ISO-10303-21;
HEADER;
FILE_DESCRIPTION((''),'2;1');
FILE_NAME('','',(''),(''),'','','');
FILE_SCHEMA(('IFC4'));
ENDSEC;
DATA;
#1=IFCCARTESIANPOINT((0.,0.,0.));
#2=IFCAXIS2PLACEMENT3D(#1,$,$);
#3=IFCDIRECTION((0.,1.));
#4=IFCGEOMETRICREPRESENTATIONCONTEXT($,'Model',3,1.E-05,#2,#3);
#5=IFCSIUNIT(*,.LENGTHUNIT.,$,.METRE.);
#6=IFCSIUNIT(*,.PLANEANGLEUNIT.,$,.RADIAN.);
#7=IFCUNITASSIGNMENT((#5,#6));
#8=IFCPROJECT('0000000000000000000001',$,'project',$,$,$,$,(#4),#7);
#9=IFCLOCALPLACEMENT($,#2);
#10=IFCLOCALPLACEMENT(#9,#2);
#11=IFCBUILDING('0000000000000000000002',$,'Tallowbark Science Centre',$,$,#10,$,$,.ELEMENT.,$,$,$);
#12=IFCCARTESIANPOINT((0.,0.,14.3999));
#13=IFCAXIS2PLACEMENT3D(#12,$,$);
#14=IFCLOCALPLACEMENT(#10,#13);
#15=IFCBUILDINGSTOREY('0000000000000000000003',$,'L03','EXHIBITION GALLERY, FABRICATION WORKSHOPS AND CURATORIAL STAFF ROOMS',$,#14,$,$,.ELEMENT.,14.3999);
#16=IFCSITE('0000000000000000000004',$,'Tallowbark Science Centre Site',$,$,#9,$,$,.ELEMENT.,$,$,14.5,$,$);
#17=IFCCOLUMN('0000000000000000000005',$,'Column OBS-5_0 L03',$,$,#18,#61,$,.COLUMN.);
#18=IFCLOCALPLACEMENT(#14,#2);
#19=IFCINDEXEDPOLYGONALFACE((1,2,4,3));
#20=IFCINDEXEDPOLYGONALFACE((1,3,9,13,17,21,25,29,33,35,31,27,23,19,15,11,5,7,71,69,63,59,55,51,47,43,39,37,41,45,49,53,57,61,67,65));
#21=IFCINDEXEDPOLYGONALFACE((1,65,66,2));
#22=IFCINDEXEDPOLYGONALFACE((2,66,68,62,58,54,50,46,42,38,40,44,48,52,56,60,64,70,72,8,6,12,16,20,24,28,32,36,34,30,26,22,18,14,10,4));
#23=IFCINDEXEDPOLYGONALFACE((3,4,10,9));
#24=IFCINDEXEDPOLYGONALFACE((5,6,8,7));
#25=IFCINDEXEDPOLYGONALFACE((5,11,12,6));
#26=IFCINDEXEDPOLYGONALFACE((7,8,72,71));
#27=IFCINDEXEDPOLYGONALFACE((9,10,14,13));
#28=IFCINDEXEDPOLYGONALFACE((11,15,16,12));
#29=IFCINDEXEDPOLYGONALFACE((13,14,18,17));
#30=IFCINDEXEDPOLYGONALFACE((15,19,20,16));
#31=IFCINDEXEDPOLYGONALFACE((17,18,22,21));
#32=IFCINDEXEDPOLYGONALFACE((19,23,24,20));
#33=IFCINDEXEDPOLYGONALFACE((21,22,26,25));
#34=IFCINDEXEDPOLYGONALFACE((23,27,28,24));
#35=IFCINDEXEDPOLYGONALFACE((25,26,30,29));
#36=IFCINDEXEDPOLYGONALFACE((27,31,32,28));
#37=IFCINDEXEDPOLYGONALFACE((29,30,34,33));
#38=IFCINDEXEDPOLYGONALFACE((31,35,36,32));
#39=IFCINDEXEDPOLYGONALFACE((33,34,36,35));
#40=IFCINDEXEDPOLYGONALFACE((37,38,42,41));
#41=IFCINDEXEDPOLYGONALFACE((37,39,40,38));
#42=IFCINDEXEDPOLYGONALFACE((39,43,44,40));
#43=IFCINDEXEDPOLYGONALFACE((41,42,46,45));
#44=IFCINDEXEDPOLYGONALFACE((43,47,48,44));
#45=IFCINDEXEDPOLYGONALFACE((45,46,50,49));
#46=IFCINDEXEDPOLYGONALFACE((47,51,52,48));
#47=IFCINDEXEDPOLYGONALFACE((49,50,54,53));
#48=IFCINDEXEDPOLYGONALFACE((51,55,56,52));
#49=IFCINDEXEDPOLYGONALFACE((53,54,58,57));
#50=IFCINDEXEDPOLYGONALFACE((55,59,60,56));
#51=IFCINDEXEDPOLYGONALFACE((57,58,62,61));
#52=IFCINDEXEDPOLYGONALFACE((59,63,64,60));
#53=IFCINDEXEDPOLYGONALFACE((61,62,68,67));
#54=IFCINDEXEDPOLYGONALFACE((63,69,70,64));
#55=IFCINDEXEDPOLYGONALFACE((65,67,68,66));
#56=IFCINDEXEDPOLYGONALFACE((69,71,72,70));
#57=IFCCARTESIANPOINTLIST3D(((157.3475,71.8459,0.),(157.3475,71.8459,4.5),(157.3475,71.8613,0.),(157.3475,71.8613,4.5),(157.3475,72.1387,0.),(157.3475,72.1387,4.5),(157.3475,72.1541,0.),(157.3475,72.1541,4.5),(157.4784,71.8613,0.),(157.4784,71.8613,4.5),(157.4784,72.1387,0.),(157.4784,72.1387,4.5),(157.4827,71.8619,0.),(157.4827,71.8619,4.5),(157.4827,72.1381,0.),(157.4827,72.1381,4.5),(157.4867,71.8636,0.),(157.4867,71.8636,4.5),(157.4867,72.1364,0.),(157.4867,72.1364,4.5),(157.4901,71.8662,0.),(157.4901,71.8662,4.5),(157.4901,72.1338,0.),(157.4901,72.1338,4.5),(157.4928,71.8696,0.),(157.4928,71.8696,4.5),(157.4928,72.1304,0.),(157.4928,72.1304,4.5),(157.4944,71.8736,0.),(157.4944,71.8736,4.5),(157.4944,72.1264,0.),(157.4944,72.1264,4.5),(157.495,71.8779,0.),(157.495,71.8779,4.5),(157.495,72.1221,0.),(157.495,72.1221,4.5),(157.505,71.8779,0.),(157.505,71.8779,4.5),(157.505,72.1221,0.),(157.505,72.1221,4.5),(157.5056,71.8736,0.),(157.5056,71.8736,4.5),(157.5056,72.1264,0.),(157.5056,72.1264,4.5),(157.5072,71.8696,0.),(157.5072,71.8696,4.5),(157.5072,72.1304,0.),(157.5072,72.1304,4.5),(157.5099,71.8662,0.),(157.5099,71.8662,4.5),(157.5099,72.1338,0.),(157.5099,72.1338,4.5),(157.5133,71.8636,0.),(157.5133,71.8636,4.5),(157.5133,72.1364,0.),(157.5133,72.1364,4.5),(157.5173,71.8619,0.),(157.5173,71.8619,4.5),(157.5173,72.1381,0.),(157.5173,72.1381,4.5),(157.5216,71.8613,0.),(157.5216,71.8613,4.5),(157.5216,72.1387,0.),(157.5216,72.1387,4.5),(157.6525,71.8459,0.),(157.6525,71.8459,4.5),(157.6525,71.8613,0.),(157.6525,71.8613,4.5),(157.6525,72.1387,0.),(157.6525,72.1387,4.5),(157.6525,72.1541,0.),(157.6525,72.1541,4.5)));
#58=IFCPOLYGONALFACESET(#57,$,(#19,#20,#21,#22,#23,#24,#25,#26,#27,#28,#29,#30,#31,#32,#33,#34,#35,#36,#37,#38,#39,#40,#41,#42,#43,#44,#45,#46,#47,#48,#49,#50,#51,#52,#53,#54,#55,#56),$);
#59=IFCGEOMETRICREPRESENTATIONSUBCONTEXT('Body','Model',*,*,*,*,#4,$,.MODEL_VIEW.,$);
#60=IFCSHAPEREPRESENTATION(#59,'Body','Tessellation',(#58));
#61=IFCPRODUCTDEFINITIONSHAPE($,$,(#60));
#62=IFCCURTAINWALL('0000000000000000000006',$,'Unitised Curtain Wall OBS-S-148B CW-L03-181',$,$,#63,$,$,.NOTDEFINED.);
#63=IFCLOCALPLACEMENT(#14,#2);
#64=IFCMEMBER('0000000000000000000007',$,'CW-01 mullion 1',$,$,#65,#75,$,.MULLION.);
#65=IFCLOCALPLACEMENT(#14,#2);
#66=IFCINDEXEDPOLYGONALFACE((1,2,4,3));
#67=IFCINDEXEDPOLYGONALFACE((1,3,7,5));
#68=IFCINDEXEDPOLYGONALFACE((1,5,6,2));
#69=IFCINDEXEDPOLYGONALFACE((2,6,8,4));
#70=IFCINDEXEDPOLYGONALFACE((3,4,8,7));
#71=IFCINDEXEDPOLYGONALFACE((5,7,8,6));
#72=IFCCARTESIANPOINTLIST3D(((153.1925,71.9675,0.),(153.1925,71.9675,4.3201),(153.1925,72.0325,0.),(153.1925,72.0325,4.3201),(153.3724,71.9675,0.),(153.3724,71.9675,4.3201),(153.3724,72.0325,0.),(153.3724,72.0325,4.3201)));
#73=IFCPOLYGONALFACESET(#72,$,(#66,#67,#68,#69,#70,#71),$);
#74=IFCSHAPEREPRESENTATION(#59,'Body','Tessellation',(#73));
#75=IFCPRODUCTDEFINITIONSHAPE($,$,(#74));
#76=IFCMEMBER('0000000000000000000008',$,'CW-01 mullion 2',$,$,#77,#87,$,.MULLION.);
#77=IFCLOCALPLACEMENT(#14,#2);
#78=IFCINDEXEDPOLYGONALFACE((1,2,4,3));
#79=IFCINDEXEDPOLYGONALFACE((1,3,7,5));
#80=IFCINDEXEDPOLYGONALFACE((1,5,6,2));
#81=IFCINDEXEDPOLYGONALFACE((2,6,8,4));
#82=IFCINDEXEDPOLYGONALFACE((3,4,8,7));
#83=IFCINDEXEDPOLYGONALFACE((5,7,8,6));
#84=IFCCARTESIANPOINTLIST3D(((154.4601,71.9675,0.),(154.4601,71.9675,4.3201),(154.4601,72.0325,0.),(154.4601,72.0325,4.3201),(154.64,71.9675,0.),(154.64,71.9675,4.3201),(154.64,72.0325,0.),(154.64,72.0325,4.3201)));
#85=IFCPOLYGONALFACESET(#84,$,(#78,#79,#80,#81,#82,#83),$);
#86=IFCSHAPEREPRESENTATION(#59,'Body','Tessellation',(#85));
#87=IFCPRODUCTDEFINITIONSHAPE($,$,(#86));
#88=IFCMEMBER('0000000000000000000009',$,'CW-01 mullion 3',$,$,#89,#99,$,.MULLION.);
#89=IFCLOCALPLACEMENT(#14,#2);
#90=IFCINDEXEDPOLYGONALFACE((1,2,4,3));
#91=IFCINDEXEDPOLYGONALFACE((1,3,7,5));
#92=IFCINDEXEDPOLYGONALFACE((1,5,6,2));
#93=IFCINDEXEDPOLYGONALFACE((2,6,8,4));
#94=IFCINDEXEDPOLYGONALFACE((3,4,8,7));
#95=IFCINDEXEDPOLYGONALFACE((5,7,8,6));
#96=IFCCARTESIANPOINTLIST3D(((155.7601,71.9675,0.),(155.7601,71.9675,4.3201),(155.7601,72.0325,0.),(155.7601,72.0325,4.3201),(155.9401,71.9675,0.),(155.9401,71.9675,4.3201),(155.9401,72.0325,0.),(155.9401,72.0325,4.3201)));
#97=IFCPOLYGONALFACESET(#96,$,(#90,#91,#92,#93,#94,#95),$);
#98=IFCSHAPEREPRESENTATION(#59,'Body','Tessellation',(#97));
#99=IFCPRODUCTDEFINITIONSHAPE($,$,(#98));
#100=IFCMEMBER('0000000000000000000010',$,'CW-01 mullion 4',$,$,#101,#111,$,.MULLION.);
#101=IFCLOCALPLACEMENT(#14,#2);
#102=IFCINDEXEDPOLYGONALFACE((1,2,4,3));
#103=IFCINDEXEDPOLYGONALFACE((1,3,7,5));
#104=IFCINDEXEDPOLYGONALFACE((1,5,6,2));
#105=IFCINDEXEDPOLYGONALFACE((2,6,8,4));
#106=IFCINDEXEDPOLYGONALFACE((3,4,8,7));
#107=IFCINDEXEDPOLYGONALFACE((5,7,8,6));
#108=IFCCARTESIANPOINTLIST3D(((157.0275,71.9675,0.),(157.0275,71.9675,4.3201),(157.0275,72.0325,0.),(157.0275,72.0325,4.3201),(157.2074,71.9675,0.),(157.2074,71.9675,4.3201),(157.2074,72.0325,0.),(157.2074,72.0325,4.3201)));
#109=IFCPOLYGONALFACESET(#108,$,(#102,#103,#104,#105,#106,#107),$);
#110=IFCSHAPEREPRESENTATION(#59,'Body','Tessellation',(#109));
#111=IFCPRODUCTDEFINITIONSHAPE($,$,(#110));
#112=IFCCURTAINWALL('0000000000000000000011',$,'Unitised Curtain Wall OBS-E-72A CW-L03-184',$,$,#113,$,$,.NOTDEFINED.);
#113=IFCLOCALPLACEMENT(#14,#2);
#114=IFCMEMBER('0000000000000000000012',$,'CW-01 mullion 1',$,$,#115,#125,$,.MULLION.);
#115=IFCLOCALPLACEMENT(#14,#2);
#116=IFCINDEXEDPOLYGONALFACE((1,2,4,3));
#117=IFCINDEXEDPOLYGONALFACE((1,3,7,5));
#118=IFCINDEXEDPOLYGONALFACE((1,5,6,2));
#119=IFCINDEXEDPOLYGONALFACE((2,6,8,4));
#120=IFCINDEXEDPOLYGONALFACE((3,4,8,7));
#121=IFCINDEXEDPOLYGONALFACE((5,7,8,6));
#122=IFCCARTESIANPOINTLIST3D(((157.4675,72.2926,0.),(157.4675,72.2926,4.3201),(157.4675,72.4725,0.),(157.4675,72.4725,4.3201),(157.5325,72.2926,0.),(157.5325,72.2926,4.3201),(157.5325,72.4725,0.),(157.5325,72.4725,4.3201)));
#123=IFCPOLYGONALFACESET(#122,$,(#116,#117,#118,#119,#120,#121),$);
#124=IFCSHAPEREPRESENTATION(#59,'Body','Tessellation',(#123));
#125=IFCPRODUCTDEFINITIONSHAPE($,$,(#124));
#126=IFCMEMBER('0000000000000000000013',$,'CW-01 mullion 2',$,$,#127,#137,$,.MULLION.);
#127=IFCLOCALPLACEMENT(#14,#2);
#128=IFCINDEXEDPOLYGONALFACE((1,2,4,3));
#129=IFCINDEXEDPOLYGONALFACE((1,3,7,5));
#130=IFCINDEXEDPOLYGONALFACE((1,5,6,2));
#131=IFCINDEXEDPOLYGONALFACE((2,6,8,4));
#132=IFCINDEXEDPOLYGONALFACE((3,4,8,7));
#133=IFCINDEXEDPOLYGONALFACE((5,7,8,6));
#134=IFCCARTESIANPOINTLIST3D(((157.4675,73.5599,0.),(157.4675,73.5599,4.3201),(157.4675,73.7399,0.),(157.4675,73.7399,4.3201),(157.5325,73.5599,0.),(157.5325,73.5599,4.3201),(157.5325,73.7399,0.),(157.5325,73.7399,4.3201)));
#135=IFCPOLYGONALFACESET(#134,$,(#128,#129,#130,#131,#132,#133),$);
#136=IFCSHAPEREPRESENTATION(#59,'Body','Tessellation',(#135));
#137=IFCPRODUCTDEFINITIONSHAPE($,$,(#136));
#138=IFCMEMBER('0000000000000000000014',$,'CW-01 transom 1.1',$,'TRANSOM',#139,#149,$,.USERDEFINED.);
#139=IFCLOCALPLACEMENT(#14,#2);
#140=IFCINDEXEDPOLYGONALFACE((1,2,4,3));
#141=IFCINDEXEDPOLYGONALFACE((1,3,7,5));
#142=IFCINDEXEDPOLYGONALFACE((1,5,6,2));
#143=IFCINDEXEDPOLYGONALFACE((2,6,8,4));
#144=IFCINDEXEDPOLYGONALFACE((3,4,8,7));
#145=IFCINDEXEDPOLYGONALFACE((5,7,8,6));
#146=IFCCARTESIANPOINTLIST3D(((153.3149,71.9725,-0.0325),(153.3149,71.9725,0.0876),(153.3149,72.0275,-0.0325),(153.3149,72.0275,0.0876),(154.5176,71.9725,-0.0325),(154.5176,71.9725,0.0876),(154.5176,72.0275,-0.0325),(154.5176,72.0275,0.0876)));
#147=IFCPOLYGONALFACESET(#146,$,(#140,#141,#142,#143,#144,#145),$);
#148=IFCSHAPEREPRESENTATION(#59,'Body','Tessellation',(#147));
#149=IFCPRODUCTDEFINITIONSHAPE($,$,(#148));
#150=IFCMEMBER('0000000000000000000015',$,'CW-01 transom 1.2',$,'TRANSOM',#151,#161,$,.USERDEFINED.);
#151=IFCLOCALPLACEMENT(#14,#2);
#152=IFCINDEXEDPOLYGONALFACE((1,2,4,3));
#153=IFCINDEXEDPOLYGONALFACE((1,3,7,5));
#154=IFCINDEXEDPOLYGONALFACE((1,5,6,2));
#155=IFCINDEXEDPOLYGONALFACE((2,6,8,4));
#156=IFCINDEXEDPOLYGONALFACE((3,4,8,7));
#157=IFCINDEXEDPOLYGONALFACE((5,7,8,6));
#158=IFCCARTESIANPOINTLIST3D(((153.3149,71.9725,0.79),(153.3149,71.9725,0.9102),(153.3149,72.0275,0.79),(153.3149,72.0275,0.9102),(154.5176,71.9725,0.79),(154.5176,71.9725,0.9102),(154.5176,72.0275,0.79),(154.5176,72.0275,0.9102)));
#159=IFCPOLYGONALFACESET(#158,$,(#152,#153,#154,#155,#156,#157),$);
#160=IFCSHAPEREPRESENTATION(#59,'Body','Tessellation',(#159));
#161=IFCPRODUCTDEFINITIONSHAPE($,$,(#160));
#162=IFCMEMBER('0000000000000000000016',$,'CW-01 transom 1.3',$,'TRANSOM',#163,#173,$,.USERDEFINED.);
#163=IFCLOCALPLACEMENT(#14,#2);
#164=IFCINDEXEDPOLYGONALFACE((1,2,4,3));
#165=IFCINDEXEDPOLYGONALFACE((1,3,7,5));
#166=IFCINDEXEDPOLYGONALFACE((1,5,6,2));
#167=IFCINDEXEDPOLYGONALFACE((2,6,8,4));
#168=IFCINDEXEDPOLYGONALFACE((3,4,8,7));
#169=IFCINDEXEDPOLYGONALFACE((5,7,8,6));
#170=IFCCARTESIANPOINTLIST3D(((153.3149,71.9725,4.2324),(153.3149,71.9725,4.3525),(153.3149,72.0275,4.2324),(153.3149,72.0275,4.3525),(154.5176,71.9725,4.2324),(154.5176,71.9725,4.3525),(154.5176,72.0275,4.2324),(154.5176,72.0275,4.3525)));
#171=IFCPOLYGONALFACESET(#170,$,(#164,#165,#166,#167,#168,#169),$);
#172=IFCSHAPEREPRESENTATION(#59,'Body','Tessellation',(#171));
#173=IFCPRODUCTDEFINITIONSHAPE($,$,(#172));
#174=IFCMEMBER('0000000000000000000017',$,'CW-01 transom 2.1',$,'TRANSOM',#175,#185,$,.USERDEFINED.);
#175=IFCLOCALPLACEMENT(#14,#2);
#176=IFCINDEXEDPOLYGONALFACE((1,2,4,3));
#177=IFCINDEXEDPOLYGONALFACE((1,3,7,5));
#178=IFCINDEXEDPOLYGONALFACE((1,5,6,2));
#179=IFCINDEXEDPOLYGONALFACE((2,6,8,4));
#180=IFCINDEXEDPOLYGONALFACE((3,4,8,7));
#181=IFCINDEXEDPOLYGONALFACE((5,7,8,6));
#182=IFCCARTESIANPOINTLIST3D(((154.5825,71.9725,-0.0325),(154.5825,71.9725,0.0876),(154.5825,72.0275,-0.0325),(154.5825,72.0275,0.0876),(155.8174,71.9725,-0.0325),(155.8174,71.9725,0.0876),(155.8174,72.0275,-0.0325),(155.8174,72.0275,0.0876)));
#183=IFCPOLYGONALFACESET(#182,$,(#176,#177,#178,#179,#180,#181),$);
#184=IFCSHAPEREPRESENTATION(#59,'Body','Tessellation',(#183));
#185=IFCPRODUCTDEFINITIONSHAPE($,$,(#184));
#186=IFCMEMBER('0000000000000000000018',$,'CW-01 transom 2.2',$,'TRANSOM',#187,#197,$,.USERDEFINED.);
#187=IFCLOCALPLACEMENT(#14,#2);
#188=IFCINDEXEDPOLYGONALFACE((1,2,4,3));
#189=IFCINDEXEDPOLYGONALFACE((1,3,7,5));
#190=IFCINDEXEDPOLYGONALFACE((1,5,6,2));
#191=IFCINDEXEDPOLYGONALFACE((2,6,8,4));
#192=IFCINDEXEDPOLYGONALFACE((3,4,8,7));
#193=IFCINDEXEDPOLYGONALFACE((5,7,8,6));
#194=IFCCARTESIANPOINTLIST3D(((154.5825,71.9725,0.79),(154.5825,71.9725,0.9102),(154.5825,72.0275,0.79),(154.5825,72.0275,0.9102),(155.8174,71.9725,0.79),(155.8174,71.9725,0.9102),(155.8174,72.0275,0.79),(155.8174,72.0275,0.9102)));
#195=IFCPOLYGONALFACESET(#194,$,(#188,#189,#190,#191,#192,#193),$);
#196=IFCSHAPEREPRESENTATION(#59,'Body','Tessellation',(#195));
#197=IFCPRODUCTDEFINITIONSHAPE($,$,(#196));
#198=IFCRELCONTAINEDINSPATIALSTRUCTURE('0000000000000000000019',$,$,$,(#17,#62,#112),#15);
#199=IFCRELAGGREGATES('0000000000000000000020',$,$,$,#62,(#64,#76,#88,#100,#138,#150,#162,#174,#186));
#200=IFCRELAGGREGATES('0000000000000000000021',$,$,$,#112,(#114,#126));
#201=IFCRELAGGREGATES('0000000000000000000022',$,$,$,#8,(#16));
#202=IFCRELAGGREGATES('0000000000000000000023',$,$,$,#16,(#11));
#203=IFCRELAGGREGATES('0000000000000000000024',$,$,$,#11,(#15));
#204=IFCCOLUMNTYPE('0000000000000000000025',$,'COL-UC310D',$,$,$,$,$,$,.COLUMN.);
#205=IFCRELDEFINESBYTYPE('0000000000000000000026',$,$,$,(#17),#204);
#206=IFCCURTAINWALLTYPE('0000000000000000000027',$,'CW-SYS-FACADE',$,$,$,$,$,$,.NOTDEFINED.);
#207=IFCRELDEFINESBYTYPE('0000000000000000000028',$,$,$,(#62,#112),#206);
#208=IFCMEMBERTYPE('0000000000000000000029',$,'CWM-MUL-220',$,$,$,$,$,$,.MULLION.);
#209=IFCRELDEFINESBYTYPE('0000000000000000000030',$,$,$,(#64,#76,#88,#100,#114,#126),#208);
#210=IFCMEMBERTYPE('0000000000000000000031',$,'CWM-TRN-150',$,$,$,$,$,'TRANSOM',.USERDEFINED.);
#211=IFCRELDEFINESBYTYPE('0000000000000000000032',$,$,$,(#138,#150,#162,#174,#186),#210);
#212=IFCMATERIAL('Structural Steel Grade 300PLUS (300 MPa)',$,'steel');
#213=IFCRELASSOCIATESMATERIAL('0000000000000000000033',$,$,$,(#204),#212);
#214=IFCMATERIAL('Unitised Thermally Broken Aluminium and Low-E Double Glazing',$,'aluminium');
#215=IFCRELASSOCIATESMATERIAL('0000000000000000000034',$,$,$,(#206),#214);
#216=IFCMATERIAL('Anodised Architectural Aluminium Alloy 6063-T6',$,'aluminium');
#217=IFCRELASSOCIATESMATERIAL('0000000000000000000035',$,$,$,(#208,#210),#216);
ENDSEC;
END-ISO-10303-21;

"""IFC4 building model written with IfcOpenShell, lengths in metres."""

from ifc_helpers import new_model, si_unit, direction, frame, origin, origin_2d, place, context, subcontext, project, spatial, rectangle, i_section, extrude, material, material_profile, profile_set, type_object, element, aggregate, save


model = new_model("IFC4")

# Units and contexts
model_context = context("Model", 3, precision=1e-05, world=origin(), true_north=direction((0.0, 1.0)))
body_context = subcontext(model_context, "Body", "Model", "MODEL_VIEW")
ifc_project = project(units=[si_unit("LENGTHUNIT", "METRE"), si_unit("PLANEANGLEUNIT", "RADIAN")], contexts=[model_context])

# Site, building, storey
site_placement = place(None, origin())
site = spatial("IfcSite", under=ifc_project, at=site_placement, Name="Tallowbark Science Centre Site", CompositionType="ELEMENT", RefElevation=14.5)
building_placement = place(site_placement, origin())
building = spatial("IfcBuilding", under=site, at=building_placement, Name="Tallowbark Science Centre", CompositionType="ELEMENT")
storey_placement = place(building_placement, frame((0.0, 0.0, 14.3999)))
storey = spatial("IfcBuildingStorey", under=building, at=storey_placement, Name="L03", Description="EXHIBITION GALLERY, FABRICATION WORKSHOPS AND CURATORIAL STAFF ROOMS", CompositionType="ELEMENT", Elevation=14.3999)

# Column
ifc_material_1 = material(Name="Structural Steel Grade 300PLUS (300 MPa)", Category="steel")
ifc_material_profile_1 = material_profile(ifc_material_1, i_section(OverallWidth=0.3049, OverallDepth=0.3081, WebThickness=0.01, FlangeThickness=0.0154, FilletRadius=0.0166, at=origin_2d()), Name="310UC96.8")
ifc_profile_set_1 = profile_set([ifc_material_profile_1], Name="Structural Steel Grade 300PLUS (300 MPa)")
column_type = type_object("IfcColumnType", Name="COL-UC310D", PredefinedType="COLUMN", material=ifc_profile_set_1)
column_placement = place(storey_placement, frame((157.5, 72.0, 0.0), z_axis=(0.0, 0.0, 1.0), x_axis=(1.0, 0.0, 0.0)))
element("IfcColumn", 1, at=column_placement, inside=storey, type_object=column_type, Name="Column OBS-5_0 L03", PredefinedType="COLUMN", context=body_context, shape_type="SweptSolid", body=[
    extrude(i_section(OverallWidth=0.3049, OverallDepth=0.3081, WebThickness=0.01, FlangeThickness=0.0154, FilletRadius=0.0166, at=origin_2d()), origin(), (0.0, 0.0, 1.0), 4.5),
])

# Curtain walls, members
ifc_material_2 = material(Name="Unitised Thermally Broken Aluminium and Low-E Double Glazing", Category="aluminium")
curtain_wall_type = type_object("IfcCurtainWallType", Name="CW-SYS-FACADE", PredefinedType="NOTDEFINED", material=ifc_material_2)
curtain_wall_1_placement = place(storey_placement, origin())
curtain_wall_1 = element("IfcCurtainWall", 2, at=curtain_wall_1_placement, inside=storey, type_object=curtain_wall_type, Name="Unitised Curtain Wall OBS-S-148B CW-L03-181", PredefinedType="NOTDEFINED")
ifc_material_3 = material(Name="Anodised Architectural Aluminium Alloy 6063-T6", Category="aluminium")
ifc_material_profile_2 = material_profile(ifc_material_3, rectangle(XDim=0.0649, YDim=0.1799, at=origin_2d()), Name="ALU65x180")
ifc_profile_set_2 = profile_set([ifc_material_profile_2], Name="Anodised Architectural Aluminium Alloy 6063-T6")
member_type_1 = type_object("IfcMemberType", Name="CWM-MUL-220", PredefinedType="MULLION", material=ifc_profile_set_2)
member_1_placement = place(storey_placement, frame((153.2825, 72.0, 0.0), z_axis=(0.0, 0.0, 1.0), x_axis=(0.0, 1.0, 0.0)))
member_1 = element("IfcMember", 3, at=member_1_placement, type_object=member_type_1, Name="CW-01 mullion 1", PredefinedType="MULLION", context=body_context, shape_type="SweptSolid", body=[
    extrude(rectangle(XDim=0.0649, YDim=0.1799, at=origin_2d()), origin(), (0.0, 0.0, 1.0), 4.3201),
])
member_2_placement = place(storey_placement, frame((154.55, 72.0, 0.0), z_axis=(0.0, 0.0, 1.0), x_axis=(0.0, 1.0, 0.0)))
member_2 = element("IfcMember", 4, at=member_2_placement, type_object=member_type_1, Name="CW-01 mullion 2", PredefinedType="MULLION", context=body_context, shape_type="SweptSolid", body=[
    extrude(rectangle(XDim=0.0649, YDim=0.1799, at=origin_2d()), origin(), (0.0, 0.0, 1.0), 4.3201),
])
member_3_placement = place(storey_placement, frame((155.8501, 72.0, 0.0), z_axis=(0.0, 0.0, 1.0), x_axis=(0.0, 1.0, 0.0)))
member_3 = element("IfcMember", 5, at=member_3_placement, type_object=member_type_1, Name="CW-01 mullion 3", PredefinedType="MULLION", context=body_context, shape_type="SweptSolid", body=[
    extrude(rectangle(XDim=0.0649, YDim=0.1799, at=origin_2d()), origin(), (0.0, 0.0, 1.0), 4.3201),
])
member_4_placement = place(storey_placement, frame((157.1174, 72.0, 0.0), z_axis=(0.0, 0.0, 1.0), x_axis=(0.0, 1.0, 0.0)))
member_4 = element("IfcMember", 6, at=member_4_placement, type_object=member_type_1, Name="CW-01 mullion 4", PredefinedType="MULLION", context=body_context, shape_type="SweptSolid", body=[
    extrude(rectangle(XDim=0.0649, YDim=0.1799, at=origin_2d()), origin(), (0.0, 0.0, 1.0), 4.3201),
])
curtain_wall_2_placement = place(storey_placement, origin())
curtain_wall_2 = element("IfcCurtainWall", 7, at=curtain_wall_2_placement, inside=storey, type_object=curtain_wall_type, Name="Unitised Curtain Wall OBS-E-72A CW-L03-184", PredefinedType="NOTDEFINED")
member_5_placement = place(storey_placement, frame((157.5, 72.3826, 0.0), z_axis=(0.0, 0.0, 1.0), x_axis=(-1.0, 0.0, 0.0)))
member_5 = element("IfcMember", 8, at=member_5_placement, type_object=member_type_1, Name="CW-01 mullion 1", PredefinedType="MULLION", context=body_context, shape_type="SweptSolid", body=[
    extrude(rectangle(XDim=0.0649, YDim=0.1799, at=origin_2d()), origin(), (0.0, 0.0, 1.0), 4.3201),
])
member_6_placement = place(storey_placement, frame((157.5, 73.6499, 0.0), z_axis=(0.0, 0.0, 1.0), x_axis=(-1.0, 0.0, 0.0)))
member_6 = element("IfcMember", 9, at=member_6_placement, type_object=member_type_1, Name="CW-01 mullion 2", PredefinedType="MULLION", context=body_context, shape_type="SweptSolid", body=[
    extrude(rectangle(XDim=0.0649, YDim=0.1799, at=origin_2d()), origin(), (0.0, 0.0, 1.0), 4.3201),
])

# Members
ifc_material_profile_3 = material_profile(ifc_material_3, rectangle(XDim=0.0549, YDim=0.1201, at=origin_2d()), Name="ALU55x120")
ifc_profile_set_3 = profile_set([ifc_material_profile_3], Name="Anodised Architectural Aluminium Alloy 6063-T6")
member_type_2 = type_object("IfcMemberType", Name="CWM-TRN-150", ElementType="TRANSOM", PredefinedType="USERDEFINED", material=ifc_profile_set_3)
member_7_placement = place(storey_placement, frame((153.3149, 72.0, 0.0276), z_axis=(1.0, 0.0, 0.0), x_axis=(0.0, 1.0, 0.0)))
member_7 = element("IfcMember", 10, at=member_7_placement, type_object=member_type_2, Name="CW-01 transom 1.1", ObjectType="TRANSOM", PredefinedType="USERDEFINED", context=body_context, shape_type="SweptSolid", body=[
    extrude(rectangle(XDim=0.0549, YDim=0.1201, at=origin_2d()), origin(), (0.0, 0.0, 1.0), 1.2026),
])
member_8_placement = place(storey_placement, frame((153.3149, 72.0, 0.8501), z_axis=(1.0, 0.0, 0.0), x_axis=(0.0, 1.0, 0.0)))
member_8 = element("IfcMember", 11, at=member_8_placement, type_object=member_type_2, Name="CW-01 transom 1.2", ObjectType="TRANSOM", PredefinedType="USERDEFINED", context=body_context, shape_type="SweptSolid", body=[
    extrude(rectangle(XDim=0.0549, YDim=0.1201, at=origin_2d()), origin(), (0.0, 0.0, 1.0), 1.2026),
])
member_9_placement = place(storey_placement, frame((153.3149, 72.0, 4.2925), z_axis=(1.0, 0.0, 0.0), x_axis=(0.0, 1.0, 0.0)))
member_9 = element("IfcMember", 12, at=member_9_placement, type_object=member_type_2, Name="CW-01 transom 1.3", ObjectType="TRANSOM", PredefinedType="USERDEFINED", context=body_context, shape_type="SweptSolid", body=[
    extrude(rectangle(XDim=0.0549, YDim=0.1201, at=origin_2d()), origin(), (0.0, 0.0, 1.0), 1.2026),
])
member_10_placement = place(storey_placement, frame((154.5825, 72.0, 0.0276), z_axis=(1.0, 0.0, 0.0), x_axis=(0.0, 1.0, 0.0)))
member_10 = element("IfcMember", 13, at=member_10_placement, type_object=member_type_2, Name="CW-01 transom 2.1", ObjectType="TRANSOM", PredefinedType="USERDEFINED", context=body_context, shape_type="SweptSolid", body=[
    extrude(rectangle(XDim=0.0549, YDim=0.1201, at=origin_2d()), origin(), (0.0, 0.0, 1.0), 1.2349),
])
member_11_placement = place(storey_placement, frame((154.5825, 72.0, 0.8501), z_axis=(1.0, 0.0, 0.0), x_axis=(0.0, 1.0, 0.0)))
member_11 = element("IfcMember", 14, at=member_11_placement, type_object=member_type_2, Name="CW-01 transom 2.2", ObjectType="TRANSOM", PredefinedType="USERDEFINED", context=body_context, shape_type="SweptSolid", body=[
    extrude(rectangle(XDim=0.0549, YDim=0.1201, at=origin_2d()), origin(), (0.0, 0.0, 1.0), 1.2349),
])

aggregate(curtain_wall_1, [member_1, member_2, member_3, member_4, member_7, member_8, member_9, member_10, member_11])
aggregate(curtain_wall_2, [member_5, member_6])

save(model, "model.ifc")
